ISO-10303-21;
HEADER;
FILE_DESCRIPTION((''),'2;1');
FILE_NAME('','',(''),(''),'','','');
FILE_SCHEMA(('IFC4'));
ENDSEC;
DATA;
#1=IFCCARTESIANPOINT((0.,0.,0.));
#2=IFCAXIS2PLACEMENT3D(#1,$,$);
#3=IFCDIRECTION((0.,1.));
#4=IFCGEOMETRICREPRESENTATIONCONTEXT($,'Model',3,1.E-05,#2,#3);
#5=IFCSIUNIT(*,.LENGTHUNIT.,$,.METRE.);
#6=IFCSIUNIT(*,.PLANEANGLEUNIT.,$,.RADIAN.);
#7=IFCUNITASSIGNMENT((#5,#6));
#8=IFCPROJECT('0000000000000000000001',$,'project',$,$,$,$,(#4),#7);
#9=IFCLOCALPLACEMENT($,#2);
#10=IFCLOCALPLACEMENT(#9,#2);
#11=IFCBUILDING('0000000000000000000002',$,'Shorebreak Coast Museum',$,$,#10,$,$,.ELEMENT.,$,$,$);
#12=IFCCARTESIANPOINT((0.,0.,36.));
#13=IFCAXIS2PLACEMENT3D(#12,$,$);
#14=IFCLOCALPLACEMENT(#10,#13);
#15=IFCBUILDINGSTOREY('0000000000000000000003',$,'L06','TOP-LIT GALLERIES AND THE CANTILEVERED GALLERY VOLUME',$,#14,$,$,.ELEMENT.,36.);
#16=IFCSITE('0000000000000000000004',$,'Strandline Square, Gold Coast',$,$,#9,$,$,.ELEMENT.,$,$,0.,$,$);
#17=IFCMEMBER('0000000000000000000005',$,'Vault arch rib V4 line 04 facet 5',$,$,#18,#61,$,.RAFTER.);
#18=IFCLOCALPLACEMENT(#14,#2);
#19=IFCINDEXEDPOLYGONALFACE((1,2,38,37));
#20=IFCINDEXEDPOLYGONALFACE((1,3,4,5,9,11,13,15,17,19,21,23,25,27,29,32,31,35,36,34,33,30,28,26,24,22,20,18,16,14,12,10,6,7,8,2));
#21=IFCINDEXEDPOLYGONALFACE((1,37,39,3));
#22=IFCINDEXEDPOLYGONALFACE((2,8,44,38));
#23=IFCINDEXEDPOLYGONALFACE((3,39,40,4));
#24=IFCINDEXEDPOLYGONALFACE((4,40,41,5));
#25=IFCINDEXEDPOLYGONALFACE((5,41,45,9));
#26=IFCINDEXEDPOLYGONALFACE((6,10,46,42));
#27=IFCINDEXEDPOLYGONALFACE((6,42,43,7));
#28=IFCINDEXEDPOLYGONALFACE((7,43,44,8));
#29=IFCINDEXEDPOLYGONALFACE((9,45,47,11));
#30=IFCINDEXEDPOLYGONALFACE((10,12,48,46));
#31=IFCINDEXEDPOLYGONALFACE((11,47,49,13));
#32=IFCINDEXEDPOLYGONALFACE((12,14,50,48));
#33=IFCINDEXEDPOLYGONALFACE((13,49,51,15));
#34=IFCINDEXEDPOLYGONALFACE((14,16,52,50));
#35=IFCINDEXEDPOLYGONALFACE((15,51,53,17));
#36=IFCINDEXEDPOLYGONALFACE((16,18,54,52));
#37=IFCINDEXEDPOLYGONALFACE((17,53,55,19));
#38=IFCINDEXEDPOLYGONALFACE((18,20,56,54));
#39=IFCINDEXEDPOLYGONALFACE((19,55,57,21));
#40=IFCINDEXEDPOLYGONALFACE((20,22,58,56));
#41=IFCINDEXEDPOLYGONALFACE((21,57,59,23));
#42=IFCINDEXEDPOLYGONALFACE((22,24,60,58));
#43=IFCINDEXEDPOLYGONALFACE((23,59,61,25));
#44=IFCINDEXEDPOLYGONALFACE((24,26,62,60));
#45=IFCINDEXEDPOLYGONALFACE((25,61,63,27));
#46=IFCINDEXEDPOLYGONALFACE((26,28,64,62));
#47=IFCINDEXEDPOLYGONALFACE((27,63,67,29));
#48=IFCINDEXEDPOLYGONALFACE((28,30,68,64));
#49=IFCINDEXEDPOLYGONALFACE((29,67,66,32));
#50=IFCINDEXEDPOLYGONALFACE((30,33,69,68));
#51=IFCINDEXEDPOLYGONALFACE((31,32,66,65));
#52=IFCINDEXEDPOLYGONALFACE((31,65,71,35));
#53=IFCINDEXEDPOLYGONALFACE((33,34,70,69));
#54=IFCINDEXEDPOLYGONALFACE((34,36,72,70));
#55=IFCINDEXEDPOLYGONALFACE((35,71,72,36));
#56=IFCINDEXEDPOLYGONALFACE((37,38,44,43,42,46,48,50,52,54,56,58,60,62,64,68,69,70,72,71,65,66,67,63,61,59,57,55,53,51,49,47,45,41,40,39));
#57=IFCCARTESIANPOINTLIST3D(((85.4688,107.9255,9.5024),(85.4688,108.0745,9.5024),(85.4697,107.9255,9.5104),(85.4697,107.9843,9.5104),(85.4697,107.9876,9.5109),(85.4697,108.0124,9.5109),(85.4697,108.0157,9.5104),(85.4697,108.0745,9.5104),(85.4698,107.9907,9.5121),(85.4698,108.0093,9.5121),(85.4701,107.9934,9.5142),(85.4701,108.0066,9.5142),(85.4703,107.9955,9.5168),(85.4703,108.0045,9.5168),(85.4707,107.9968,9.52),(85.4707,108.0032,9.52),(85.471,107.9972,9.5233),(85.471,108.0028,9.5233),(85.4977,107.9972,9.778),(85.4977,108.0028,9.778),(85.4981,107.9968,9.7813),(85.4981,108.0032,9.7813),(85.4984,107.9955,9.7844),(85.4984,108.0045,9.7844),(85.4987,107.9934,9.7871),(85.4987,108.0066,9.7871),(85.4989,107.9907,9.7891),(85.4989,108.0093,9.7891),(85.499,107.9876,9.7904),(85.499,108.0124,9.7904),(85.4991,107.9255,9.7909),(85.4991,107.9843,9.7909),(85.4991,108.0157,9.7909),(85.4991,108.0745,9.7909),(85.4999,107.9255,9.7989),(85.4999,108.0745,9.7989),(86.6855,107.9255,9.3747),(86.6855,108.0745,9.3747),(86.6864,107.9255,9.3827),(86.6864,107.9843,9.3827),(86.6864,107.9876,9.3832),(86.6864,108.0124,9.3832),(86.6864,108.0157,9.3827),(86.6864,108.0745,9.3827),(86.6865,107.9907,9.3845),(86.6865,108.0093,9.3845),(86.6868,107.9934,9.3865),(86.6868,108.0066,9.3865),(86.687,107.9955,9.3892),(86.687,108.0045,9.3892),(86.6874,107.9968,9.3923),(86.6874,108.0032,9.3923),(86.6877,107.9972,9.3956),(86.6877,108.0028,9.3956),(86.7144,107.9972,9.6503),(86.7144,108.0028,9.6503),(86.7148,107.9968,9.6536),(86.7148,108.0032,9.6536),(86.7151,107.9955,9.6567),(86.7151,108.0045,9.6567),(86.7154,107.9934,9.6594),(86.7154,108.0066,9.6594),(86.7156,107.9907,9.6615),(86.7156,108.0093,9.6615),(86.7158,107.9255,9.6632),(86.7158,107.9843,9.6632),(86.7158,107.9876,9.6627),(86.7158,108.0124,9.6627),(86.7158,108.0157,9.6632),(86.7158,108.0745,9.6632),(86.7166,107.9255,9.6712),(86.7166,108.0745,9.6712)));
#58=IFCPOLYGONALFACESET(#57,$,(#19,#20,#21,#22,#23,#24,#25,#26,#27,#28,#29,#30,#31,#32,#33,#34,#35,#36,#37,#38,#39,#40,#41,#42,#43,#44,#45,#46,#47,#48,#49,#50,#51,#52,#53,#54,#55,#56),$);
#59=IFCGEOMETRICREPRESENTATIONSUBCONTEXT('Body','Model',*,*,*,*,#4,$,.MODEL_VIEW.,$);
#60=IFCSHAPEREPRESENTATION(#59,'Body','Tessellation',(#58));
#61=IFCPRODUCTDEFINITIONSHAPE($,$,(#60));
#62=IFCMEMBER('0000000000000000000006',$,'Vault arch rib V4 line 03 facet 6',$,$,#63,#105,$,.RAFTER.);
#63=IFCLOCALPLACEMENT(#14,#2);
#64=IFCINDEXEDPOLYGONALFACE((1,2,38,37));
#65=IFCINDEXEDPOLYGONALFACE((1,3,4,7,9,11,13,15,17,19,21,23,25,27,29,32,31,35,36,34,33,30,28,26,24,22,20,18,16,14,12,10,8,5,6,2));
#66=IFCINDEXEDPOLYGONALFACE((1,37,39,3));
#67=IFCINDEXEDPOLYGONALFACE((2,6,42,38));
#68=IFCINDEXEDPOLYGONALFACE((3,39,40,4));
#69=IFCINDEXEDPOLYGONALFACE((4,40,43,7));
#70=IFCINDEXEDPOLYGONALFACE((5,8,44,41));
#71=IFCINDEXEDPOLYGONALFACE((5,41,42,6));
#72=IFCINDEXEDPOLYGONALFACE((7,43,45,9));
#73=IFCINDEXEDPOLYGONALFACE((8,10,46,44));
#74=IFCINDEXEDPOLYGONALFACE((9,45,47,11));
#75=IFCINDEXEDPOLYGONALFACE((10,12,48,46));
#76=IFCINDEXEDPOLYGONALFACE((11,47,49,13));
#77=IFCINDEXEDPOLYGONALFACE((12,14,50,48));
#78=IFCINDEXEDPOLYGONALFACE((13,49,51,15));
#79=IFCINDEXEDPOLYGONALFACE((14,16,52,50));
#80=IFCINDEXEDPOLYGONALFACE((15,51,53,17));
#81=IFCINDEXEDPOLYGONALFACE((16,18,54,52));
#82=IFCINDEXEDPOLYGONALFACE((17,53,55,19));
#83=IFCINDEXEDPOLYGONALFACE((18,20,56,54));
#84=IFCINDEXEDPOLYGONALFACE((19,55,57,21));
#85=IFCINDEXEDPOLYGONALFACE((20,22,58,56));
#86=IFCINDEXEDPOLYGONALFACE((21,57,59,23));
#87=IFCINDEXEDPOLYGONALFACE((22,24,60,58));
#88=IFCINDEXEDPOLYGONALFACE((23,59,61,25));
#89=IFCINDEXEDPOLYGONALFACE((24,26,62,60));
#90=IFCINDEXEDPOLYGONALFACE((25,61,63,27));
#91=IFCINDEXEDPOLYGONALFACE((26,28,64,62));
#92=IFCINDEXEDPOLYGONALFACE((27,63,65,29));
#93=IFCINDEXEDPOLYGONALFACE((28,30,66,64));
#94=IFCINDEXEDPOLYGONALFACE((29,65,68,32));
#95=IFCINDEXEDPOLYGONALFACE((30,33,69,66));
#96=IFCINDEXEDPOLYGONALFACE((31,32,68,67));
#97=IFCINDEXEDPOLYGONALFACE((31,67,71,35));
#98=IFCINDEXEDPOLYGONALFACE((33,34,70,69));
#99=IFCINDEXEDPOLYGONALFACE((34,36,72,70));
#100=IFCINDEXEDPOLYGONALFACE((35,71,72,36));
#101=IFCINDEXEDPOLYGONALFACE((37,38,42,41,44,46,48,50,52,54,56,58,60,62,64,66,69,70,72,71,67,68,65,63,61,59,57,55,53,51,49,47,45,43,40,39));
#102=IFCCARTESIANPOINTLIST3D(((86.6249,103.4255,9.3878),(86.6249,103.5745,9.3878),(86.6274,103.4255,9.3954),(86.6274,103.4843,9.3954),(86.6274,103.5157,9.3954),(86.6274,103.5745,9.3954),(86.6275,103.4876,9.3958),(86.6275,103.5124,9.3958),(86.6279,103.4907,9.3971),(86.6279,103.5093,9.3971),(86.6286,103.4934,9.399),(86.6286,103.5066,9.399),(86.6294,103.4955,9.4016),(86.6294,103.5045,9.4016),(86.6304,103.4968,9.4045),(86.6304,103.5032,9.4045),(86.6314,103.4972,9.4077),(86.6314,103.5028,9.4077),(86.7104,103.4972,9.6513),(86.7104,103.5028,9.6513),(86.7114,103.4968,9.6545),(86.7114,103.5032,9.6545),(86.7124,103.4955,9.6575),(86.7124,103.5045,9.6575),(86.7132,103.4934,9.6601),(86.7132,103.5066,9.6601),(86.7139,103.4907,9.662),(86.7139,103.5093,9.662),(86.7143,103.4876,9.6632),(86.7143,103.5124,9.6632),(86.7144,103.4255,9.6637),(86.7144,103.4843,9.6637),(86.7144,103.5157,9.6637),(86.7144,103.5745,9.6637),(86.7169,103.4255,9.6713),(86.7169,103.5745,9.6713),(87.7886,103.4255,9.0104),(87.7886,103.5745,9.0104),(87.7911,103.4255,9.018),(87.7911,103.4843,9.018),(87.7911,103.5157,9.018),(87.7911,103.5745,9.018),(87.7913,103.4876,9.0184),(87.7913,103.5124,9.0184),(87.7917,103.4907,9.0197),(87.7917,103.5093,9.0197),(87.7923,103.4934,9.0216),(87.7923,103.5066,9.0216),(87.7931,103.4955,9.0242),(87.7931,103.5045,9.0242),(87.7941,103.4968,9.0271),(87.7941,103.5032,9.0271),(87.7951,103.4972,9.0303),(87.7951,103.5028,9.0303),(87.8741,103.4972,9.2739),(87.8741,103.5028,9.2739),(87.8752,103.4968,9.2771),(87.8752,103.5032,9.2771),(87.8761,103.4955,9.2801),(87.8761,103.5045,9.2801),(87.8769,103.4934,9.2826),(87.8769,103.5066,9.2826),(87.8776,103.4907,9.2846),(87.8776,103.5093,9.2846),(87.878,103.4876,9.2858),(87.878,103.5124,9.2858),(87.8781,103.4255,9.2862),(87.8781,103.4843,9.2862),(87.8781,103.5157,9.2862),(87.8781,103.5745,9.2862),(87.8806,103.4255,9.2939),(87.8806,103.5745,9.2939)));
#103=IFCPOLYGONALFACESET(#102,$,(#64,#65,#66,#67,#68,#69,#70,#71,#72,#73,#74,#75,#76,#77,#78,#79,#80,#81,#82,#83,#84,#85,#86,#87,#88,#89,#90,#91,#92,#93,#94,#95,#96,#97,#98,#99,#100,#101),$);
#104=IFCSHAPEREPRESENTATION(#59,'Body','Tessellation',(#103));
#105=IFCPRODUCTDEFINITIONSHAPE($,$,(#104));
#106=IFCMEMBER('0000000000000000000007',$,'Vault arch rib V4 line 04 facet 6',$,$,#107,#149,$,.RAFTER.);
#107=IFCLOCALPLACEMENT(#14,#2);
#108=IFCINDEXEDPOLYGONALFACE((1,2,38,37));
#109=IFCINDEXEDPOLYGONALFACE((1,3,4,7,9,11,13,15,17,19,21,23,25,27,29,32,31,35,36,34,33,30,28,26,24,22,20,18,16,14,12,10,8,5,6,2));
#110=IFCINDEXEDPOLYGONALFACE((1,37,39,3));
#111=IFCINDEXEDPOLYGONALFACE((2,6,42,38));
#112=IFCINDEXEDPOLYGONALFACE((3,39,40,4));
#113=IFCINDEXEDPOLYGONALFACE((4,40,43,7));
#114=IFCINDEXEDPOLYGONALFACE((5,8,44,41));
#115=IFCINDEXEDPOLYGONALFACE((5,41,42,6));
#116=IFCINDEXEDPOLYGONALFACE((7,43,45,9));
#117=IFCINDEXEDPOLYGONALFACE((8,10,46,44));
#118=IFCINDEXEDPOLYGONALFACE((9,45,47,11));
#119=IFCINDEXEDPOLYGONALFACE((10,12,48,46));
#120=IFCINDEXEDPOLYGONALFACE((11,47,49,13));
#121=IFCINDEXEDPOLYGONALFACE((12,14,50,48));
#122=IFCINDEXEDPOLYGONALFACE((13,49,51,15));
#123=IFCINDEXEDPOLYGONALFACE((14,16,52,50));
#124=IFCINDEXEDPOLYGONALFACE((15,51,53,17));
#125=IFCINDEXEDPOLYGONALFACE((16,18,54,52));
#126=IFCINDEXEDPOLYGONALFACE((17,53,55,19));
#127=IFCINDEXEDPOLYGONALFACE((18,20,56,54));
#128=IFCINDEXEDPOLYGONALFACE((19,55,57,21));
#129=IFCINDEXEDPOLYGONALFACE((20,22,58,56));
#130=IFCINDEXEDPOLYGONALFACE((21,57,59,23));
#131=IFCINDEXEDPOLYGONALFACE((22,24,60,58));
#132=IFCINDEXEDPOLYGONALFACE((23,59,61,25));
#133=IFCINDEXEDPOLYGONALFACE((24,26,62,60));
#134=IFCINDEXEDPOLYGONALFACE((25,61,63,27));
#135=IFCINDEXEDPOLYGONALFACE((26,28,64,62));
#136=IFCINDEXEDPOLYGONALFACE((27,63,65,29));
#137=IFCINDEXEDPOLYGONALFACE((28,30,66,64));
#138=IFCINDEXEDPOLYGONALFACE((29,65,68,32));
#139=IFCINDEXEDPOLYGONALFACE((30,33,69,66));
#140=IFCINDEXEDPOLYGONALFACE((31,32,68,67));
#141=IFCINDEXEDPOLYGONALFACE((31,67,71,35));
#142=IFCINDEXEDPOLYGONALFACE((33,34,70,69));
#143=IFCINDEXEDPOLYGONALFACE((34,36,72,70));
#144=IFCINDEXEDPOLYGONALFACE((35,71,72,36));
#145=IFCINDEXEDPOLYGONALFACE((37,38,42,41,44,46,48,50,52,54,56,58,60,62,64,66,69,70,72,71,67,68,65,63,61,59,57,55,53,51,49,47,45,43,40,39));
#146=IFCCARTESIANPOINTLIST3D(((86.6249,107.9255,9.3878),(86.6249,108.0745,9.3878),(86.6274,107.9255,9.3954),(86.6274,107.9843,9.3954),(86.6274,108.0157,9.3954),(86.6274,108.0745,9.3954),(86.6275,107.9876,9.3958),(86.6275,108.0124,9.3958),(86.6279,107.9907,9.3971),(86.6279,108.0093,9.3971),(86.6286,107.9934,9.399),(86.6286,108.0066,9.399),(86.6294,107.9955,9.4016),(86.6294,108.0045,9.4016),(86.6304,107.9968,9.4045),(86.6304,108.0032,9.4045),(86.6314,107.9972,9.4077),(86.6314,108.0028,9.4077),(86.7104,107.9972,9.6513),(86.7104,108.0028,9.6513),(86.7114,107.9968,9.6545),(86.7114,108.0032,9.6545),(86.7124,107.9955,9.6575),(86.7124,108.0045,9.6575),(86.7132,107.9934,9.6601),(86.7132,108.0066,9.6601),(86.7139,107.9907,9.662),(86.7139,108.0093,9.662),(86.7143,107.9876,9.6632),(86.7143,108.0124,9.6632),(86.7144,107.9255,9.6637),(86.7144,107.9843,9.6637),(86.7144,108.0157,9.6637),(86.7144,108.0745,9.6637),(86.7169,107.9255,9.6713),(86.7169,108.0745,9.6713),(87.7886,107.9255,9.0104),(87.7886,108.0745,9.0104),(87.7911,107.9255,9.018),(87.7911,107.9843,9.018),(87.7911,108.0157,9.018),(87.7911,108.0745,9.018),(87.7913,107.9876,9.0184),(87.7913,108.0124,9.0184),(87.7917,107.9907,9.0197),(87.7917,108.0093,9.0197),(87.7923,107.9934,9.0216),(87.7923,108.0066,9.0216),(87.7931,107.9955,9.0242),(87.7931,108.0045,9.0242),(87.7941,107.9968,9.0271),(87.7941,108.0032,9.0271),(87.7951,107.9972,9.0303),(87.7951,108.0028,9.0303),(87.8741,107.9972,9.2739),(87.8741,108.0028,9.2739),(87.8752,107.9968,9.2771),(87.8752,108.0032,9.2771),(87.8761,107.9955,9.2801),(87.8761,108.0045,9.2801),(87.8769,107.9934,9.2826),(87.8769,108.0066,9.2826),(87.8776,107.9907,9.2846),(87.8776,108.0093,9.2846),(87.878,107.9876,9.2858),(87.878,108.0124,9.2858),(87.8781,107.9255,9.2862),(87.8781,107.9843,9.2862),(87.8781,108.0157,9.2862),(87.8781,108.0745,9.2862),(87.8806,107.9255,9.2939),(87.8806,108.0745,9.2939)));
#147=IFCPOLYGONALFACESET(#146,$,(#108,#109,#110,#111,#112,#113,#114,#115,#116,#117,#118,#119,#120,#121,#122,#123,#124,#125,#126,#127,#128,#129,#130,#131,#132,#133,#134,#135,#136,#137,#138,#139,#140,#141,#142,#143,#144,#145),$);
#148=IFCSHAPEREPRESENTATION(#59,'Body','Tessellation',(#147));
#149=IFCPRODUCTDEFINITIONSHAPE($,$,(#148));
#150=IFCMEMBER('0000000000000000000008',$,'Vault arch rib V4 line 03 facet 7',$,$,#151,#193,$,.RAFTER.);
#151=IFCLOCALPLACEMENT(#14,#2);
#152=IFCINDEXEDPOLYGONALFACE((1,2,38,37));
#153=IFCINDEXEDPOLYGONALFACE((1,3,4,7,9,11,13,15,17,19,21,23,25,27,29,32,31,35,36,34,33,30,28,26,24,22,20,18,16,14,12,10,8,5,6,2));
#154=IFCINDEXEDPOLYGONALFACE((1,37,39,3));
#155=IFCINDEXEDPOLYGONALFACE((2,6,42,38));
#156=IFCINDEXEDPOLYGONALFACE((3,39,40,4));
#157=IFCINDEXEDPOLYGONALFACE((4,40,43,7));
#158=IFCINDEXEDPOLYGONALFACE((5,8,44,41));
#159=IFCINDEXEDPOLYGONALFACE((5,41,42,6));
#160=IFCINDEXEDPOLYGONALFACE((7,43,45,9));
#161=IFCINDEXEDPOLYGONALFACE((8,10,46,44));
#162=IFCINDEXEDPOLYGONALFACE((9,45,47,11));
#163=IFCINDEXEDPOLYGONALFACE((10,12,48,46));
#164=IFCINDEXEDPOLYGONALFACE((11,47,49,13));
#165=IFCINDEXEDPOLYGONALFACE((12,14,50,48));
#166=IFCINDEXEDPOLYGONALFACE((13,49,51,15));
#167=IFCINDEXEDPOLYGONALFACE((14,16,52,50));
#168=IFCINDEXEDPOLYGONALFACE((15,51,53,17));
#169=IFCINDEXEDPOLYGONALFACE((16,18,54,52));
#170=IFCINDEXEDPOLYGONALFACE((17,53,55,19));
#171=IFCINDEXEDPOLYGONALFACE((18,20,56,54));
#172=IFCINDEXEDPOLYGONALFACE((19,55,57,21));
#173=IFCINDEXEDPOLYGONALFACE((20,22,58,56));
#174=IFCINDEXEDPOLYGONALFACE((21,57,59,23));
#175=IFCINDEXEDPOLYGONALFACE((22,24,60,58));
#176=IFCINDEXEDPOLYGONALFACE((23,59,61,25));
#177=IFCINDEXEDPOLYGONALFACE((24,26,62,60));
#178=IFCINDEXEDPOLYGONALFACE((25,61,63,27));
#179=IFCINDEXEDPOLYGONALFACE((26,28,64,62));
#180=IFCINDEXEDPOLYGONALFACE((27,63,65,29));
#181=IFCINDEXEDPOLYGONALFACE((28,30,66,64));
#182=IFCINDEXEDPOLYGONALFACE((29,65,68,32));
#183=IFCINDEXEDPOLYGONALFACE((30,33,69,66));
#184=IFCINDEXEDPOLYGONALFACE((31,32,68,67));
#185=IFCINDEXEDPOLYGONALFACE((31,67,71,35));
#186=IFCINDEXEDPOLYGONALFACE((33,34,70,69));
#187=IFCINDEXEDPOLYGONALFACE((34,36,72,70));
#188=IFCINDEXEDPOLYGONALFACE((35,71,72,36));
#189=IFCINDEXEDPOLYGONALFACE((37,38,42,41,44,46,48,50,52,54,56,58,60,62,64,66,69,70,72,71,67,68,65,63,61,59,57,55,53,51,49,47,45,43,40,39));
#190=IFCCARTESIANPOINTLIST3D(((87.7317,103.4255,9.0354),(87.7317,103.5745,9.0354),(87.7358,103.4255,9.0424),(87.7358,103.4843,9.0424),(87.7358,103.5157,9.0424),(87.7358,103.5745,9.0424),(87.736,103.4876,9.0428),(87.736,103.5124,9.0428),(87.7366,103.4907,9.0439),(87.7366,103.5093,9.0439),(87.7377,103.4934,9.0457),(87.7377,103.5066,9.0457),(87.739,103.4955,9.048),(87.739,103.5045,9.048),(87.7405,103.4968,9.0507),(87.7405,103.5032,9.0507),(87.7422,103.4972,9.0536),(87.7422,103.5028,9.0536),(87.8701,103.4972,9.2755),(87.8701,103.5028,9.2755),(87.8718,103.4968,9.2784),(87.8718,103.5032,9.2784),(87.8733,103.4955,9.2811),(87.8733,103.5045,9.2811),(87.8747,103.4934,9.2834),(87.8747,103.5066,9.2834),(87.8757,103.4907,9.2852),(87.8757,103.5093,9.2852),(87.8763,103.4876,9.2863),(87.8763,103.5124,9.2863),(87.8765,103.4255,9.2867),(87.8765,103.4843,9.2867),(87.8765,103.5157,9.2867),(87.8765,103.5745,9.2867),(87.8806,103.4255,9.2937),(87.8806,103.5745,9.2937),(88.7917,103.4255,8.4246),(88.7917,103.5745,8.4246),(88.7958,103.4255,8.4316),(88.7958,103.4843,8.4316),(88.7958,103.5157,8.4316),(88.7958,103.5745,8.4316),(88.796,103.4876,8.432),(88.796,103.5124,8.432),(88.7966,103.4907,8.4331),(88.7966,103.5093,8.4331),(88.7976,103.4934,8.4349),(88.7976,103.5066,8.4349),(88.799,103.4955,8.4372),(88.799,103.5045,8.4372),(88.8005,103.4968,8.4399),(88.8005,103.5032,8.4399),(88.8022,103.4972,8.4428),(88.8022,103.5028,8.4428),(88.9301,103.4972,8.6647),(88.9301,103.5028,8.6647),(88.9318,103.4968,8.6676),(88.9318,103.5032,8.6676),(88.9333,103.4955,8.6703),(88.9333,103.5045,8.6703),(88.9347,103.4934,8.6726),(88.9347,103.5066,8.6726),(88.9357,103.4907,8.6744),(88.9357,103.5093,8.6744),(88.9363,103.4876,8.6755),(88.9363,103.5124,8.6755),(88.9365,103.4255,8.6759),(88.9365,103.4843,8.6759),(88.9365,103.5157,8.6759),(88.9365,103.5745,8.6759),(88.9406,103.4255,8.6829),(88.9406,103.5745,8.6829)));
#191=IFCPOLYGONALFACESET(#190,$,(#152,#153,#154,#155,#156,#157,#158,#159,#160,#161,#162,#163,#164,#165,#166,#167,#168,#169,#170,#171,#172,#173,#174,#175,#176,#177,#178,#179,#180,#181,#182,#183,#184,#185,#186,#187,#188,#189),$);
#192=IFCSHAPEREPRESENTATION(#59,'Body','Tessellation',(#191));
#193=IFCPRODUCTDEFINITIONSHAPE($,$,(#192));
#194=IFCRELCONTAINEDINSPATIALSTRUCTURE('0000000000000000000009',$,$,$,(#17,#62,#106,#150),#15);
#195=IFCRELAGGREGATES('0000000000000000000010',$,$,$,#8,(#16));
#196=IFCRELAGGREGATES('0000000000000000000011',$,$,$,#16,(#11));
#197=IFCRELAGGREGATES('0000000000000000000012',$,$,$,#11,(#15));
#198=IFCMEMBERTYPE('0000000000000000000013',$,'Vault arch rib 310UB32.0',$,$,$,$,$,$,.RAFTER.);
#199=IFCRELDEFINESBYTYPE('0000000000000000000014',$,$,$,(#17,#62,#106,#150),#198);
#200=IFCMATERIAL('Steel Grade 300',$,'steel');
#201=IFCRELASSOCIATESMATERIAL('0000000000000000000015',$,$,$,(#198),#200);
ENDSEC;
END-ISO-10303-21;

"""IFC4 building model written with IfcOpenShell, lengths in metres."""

from ifc_helpers import new_model, si_unit, direction, frame, origin, origin_2d, place, context, subcontext, project, spatial, i_section, extrude, material, material_profile, profile_set, type_object, element, save


model = new_model("IFC4")

# Units and contexts
model_context = context("Model", 3, precision=1e-05, world=origin(), true_north=direction((0.0, 1.0)))
body_context = subcontext(model_context, "Body", "Model", "MODEL_VIEW")
ifc_project = project(units=[si_unit("LENGTHUNIT", "METRE"), si_unit("PLANEANGLEUNIT", "RADIAN")], contexts=[model_context])

# Site, building, storey
site_placement = place(None, origin())
site = spatial("IfcSite", under=ifc_project, at=site_placement, Name="Strandline Square, Gold Coast", CompositionType="ELEMENT", RefElevation=0.0)
building_placement = place(site_placement, origin())
building = spatial("IfcBuilding", under=site, at=building_placement, Name="Shorebreak Coast Museum", CompositionType="ELEMENT")
storey_placement = place(building_placement, frame((0.0, 0.0, 36.0)))
storey = spatial("IfcBuildingStorey", under=building, at=storey_placement, Name="L06", Description="TOP-LIT GALLERIES AND THE CANTILEVERED GALLERY VOLUME", CompositionType="ELEMENT", Elevation=36.0)

# Members
ifc_material_1 = material(Name="Steel Grade 300", Category="steel")
ifc_material_profile_1 = material_profile(ifc_material_1, i_section(OverallWidth=0.1489, OverallDepth=0.2981, WebThickness=0.0056, FlangeThickness=0.0081, FilletRadius=0.0129, at=origin_2d()), Name="310UB32.0")
ifc_profile_set_1 = profile_set([ifc_material_profile_1], Name="Steel Grade 300")
member_type_1 = type_object("IfcMemberType", Name="Vault arch rib 310UB32.0", PredefinedType="RAFTER", material=ifc_profile_set_1)
for number, where, z_axis, x_axis, name in (
    (1, (85.4844, 108.0, 9.6506), (0.994539, 0.0, -0.104363), (0.0, 1.0, 0.0), "Vault arch rib V4 line 04 facet 5"),
    (2, (86.6709, 103.5, 9.5295), (0.951226, 0.0, -0.308495), (0.0, 1.0, 0.0), "Vault arch rib V4 line 03 facet 6"),
    (3, (86.6709, 108.0, 9.5295), (0.951226, 0.0, -0.308495), (0.0, 1.0, 0.0), "Vault arch rib V4 line 04 facet 6"),
    (4, (87.8062, 103.5, 9.1646), (0.866445, 0.0, -0.499273), (0.0, 1.0, 0.0), "Vault arch rib V4 line 03 facet 7"),
):
    element("IfcMember", number, at=place(storey_placement, frame(where, z_axis=z_axis, x_axis=x_axis)), inside=storey, type_object=member_type_1, Name=name, PredefinedType="RAFTER", context=body_context, shape_type="SweptSolid", body=[
        extrude(i_section(OverallWidth=0.1489, OverallDepth=0.2981, WebThickness=0.0056, FlangeThickness=0.0081, FilletRadius=0.0129, at=origin_2d()), origin(), (0.0, 0.0, 1.0), 1.2234),
    ])

save(model, "model.ifc")
